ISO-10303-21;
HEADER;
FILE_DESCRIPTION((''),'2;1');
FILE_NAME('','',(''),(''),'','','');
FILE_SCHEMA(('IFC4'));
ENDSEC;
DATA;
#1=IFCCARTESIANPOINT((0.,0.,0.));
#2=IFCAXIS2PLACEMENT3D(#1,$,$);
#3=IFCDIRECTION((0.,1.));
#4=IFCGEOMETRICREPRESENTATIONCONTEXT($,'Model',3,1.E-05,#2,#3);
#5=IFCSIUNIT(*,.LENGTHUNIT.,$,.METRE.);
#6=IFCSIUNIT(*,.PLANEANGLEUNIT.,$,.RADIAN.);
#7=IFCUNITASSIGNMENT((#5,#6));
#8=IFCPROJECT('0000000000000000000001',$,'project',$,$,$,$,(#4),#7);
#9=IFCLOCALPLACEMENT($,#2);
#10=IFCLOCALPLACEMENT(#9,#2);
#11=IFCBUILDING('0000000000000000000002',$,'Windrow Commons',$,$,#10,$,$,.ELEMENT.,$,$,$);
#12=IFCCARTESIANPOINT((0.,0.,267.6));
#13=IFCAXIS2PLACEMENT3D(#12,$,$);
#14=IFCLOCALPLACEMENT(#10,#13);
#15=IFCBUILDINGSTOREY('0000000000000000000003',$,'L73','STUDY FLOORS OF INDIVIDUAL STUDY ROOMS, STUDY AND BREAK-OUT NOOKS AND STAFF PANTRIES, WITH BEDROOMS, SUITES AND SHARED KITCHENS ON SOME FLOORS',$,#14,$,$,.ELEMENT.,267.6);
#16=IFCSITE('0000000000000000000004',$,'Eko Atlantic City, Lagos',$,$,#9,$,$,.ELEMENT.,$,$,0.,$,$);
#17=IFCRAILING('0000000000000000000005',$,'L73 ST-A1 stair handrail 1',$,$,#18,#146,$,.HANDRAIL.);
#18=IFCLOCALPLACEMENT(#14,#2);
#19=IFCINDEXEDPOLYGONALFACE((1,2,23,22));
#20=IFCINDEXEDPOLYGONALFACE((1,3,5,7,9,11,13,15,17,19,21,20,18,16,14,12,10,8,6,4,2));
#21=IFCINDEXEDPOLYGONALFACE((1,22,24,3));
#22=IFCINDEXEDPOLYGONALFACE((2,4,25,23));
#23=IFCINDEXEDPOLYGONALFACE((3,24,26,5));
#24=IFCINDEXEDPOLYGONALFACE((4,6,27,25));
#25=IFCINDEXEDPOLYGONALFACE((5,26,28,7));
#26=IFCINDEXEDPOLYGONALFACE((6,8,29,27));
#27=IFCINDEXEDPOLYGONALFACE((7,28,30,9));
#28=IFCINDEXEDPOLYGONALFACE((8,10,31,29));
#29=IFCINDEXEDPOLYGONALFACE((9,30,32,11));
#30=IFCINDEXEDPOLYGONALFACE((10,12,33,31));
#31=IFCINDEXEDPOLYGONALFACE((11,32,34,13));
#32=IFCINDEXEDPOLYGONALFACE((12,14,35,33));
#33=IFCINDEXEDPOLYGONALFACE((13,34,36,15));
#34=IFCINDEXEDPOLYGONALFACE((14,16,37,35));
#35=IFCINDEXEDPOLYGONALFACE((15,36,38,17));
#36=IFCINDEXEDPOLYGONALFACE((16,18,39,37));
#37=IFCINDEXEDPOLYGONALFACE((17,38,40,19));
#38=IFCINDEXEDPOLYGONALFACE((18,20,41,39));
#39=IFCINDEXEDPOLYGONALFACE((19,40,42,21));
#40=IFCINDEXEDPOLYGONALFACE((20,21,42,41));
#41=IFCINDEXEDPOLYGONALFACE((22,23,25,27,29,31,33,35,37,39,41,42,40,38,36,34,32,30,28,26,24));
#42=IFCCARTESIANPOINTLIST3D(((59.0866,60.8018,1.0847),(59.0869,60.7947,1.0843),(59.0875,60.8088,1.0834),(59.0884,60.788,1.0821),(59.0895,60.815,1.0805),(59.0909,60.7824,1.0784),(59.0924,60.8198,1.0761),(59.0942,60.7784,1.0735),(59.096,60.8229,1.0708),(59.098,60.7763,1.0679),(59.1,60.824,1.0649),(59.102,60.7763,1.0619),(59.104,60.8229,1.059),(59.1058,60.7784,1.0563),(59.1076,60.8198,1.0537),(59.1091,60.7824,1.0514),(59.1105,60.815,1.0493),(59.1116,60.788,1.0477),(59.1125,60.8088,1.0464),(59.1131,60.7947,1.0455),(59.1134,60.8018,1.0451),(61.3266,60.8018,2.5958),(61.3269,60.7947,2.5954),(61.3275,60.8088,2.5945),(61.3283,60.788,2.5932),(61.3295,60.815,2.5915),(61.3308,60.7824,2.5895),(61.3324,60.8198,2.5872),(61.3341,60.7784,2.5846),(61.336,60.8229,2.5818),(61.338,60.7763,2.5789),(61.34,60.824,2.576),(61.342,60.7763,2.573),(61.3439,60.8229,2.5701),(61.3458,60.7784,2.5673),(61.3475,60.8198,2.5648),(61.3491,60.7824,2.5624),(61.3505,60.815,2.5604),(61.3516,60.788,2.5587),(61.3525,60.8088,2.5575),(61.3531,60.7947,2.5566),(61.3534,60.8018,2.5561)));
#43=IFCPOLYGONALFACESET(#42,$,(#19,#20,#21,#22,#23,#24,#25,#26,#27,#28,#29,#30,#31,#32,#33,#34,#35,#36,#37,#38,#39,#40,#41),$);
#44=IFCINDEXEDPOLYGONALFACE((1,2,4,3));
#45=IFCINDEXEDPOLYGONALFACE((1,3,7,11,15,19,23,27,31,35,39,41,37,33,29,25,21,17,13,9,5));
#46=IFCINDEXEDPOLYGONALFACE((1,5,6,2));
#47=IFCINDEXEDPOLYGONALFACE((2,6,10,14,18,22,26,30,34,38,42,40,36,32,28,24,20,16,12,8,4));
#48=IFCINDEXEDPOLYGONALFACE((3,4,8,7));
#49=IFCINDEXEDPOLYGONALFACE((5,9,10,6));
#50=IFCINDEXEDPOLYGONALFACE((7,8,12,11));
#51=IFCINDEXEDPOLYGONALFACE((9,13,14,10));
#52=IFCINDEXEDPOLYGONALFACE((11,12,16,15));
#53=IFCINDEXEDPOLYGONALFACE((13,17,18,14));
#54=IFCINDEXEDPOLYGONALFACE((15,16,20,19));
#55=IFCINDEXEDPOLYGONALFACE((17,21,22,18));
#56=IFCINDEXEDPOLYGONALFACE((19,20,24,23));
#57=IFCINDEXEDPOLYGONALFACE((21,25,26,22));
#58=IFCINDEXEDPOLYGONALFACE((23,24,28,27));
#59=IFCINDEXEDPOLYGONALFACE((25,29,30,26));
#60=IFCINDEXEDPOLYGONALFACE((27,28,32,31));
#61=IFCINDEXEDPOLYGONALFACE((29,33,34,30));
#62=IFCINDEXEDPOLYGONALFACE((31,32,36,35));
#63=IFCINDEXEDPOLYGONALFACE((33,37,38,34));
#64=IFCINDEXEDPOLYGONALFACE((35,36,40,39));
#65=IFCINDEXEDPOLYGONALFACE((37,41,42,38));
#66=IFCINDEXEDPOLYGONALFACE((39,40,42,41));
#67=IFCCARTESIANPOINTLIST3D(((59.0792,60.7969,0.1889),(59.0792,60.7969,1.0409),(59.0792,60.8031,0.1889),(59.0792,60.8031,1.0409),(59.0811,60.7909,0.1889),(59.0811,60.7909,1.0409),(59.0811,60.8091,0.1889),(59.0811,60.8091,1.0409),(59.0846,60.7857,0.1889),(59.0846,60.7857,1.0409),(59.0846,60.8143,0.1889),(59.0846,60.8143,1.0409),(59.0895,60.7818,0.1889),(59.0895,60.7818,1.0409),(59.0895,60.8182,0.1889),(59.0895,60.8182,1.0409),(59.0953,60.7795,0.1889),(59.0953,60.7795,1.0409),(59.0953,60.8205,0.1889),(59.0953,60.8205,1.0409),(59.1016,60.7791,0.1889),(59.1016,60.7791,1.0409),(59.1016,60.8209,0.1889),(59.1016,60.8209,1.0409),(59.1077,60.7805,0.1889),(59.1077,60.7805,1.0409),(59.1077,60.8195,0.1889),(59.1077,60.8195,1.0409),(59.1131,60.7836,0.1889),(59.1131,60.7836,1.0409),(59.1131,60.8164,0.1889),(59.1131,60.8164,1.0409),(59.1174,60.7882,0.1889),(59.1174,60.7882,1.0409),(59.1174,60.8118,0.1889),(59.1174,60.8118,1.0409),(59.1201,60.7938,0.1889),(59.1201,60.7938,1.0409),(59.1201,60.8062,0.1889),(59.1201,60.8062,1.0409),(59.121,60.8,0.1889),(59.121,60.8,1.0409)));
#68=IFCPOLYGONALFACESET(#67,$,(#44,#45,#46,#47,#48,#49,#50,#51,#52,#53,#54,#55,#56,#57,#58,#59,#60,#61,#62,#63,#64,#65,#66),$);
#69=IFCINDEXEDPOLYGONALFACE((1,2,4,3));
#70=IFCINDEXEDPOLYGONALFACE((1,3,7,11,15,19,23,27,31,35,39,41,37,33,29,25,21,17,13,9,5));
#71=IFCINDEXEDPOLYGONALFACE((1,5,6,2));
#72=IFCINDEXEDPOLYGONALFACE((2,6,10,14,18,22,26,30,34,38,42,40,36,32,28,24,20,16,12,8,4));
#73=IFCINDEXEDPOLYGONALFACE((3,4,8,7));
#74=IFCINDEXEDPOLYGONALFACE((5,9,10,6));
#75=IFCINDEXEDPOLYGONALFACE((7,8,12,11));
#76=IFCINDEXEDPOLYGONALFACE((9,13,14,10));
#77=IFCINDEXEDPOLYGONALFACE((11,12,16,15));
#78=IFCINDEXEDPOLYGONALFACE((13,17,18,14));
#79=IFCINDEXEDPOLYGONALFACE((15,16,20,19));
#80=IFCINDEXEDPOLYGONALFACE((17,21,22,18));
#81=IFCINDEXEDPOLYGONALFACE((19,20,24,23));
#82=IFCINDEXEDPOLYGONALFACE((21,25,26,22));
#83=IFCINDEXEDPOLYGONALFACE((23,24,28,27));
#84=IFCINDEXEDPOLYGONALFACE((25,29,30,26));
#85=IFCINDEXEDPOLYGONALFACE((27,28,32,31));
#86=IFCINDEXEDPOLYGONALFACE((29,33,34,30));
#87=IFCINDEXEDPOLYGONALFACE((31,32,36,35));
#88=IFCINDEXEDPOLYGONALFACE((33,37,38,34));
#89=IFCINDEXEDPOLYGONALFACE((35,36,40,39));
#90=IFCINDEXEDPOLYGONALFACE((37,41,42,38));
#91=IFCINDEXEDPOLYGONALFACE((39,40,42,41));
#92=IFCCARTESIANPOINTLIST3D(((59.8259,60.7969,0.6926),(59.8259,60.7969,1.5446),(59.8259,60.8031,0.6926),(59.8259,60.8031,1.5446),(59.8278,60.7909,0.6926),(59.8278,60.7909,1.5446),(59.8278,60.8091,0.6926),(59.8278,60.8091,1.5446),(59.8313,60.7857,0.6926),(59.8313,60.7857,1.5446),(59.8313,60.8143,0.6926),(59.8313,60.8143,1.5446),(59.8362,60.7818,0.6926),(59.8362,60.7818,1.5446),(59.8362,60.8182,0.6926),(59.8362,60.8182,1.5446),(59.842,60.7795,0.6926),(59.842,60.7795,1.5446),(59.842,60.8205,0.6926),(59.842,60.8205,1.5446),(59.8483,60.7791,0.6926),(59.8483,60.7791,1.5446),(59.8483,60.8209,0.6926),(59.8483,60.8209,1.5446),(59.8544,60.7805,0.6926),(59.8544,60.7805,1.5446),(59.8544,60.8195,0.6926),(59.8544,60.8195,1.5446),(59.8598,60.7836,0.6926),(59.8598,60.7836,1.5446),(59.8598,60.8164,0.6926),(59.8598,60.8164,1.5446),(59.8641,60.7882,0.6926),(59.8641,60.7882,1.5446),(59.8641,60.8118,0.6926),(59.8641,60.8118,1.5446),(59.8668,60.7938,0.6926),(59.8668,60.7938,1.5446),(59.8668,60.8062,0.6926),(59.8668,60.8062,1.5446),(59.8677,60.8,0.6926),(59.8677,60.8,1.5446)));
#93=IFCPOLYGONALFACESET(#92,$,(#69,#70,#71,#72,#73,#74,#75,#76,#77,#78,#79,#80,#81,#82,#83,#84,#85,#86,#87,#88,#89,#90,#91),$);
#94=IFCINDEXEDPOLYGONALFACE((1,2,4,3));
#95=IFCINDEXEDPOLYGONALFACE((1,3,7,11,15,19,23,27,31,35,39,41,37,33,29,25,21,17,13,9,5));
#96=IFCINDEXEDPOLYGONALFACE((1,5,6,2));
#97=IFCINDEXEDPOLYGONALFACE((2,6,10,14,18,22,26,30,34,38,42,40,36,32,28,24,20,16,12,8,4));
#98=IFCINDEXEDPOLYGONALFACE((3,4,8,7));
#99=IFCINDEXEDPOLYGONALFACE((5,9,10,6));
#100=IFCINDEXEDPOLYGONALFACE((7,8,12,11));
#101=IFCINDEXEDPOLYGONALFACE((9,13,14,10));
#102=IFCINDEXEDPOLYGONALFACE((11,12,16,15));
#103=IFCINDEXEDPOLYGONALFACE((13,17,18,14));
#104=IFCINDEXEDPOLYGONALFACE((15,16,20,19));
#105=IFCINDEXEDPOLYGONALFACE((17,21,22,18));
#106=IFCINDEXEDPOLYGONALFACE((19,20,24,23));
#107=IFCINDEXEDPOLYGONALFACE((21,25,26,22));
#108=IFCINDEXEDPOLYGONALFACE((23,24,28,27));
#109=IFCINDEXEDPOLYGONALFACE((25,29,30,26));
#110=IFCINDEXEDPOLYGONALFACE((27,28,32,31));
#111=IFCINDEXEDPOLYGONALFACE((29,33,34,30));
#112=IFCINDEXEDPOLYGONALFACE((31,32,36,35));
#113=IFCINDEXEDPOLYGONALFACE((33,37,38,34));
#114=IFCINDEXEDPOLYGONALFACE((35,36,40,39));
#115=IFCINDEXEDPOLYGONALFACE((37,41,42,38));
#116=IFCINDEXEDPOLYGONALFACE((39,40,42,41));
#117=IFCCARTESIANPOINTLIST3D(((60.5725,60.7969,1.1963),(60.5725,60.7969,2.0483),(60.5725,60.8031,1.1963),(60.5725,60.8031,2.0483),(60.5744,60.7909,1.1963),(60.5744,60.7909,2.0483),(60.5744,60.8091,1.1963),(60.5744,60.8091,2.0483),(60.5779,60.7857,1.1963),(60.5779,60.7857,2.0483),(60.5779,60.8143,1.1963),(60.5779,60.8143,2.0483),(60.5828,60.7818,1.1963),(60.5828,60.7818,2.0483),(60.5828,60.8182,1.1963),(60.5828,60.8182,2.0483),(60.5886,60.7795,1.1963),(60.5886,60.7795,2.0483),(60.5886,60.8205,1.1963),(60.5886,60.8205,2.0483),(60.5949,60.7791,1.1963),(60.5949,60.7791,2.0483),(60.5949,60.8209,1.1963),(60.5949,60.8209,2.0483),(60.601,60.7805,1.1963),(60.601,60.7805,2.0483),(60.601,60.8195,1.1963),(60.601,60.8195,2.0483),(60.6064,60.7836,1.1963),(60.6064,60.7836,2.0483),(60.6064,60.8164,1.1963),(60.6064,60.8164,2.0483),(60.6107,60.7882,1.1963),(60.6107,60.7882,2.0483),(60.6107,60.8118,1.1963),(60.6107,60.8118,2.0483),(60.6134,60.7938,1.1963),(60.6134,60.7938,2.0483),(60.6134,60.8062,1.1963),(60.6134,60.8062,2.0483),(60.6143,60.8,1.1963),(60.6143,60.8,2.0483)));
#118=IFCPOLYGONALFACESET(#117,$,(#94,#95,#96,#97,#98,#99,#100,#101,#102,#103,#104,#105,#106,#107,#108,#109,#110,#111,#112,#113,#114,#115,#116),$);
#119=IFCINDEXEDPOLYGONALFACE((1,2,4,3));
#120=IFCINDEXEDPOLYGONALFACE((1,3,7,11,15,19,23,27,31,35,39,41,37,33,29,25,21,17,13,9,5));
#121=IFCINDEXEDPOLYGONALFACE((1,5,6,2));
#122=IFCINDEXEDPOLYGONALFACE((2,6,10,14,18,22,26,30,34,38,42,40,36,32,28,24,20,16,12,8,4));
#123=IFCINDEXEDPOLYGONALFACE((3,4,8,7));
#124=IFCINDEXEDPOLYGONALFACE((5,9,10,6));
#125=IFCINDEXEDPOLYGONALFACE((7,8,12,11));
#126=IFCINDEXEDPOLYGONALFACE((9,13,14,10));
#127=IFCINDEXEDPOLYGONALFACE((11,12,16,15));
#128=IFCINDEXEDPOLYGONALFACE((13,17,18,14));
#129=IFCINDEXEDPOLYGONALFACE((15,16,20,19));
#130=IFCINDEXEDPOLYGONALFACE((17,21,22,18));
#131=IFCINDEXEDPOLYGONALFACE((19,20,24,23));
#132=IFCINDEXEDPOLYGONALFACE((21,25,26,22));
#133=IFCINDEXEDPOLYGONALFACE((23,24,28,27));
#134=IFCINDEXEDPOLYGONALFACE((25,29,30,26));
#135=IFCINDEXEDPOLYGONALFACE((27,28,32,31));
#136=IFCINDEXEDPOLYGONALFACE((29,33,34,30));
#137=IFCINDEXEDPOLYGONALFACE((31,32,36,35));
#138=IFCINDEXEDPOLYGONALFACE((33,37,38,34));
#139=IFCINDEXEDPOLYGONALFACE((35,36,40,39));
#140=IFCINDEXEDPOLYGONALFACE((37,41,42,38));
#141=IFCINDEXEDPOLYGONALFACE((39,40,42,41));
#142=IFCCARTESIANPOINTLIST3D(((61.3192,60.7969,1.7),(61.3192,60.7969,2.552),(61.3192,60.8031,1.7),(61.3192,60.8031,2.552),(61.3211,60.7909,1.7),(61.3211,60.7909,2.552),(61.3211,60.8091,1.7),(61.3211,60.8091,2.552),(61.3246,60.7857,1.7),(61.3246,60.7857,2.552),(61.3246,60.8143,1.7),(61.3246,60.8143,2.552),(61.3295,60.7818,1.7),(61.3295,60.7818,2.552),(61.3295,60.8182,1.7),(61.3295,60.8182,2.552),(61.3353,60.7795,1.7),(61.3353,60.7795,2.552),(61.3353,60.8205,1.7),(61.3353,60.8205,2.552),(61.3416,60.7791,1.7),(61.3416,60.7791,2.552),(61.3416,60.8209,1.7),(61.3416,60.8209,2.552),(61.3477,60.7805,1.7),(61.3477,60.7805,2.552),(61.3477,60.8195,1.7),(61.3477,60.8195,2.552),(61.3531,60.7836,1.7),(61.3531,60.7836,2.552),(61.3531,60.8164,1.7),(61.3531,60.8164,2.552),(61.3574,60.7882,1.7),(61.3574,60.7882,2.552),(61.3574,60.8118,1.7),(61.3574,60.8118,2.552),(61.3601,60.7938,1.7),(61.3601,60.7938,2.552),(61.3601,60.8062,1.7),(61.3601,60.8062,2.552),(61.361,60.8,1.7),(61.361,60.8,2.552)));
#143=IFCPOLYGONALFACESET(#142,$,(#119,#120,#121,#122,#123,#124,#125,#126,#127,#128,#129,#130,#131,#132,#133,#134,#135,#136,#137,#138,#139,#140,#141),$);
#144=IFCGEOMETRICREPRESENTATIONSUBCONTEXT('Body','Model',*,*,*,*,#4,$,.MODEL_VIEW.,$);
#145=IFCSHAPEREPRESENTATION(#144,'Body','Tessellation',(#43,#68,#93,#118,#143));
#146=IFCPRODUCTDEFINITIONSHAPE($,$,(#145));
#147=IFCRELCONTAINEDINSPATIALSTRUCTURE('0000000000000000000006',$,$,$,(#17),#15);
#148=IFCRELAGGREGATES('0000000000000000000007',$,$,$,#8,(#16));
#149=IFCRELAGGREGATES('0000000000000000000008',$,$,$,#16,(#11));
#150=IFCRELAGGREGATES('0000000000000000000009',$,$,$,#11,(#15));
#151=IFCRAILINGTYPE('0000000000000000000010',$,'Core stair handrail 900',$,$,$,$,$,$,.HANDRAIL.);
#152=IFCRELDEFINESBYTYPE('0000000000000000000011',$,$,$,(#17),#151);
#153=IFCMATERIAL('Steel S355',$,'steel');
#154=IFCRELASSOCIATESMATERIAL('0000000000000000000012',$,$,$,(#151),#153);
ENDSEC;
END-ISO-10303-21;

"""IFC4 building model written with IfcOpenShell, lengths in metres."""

from ifc_helpers import new_model, si_unit, direction, frame, origin, origin_2d, place, context, subcontext, project, spatial, circle, extrude, material, type_object, element, save


model = new_model("IFC4")

# Units and contexts
model_context = context("Model", 3, precision=1e-05, world=origin(), true_north=direction((0.0, 1.0)))
body_context = subcontext(model_context, "Body", "Model", "MODEL_VIEW")
ifc_project = project(units=[si_unit("LENGTHUNIT", "METRE"), si_unit("PLANEANGLEUNIT", "RADIAN")], contexts=[model_context])

# Site, building, storey
site_placement = place(None, origin())
site = spatial("IfcSite", under=ifc_project, at=site_placement, Name="Eko Atlantic City, Lagos", CompositionType="ELEMENT", RefElevation=0.0)
building_placement = place(site_placement, origin())
building = spatial("IfcBuilding", under=site, at=building_placement, Name="Windrow Commons", CompositionType="ELEMENT")
storey_placement = place(building_placement, frame((0.0, 0.0, 267.6)))
storey = spatial("IfcBuildingStorey", under=building, at=storey_placement, Name="L73", Description="STUDY FLOORS OF INDIVIDUAL STUDY ROOMS, STUDY AND BREAK-OUT NOOKS AND STAFF PANTRIES, WITH BEDROOMS, SUITES AND SHARED KITCHENS ON SOME FLOORS", CompositionType="ELEMENT", Elevation=267.6)

# Railing
ifc_material_1 = material(Name="Steel S355", Category="steel")
railing_type_1 = type_object("IfcRailingType", Name="Core stair handrail 900", PredefinedType="HANDRAIL", material=ifc_material_1)
railing_1_placement = place(storey_placement, frame((59.1, 60.8, 0.1889)))
element("IfcRailing", 1, at=railing_1_placement, inside=storey, type_object=railing_type_1, Name="L73 ST-A1 stair handrail 1", PredefinedType="HANDRAIL", context=body_context, shape_type="SweptSolid", body=[
    extrude(circle(Radius=0.024, at=origin_2d()), frame((0.0, 0.0, 0.876), z_axis=(0.829003, 0.0, 0.559244), x_axis=(0.0, 1.0, 0.0)), (0.0, 0.0, 1.0), 2.702),
    extrude(circle(Radius=0.021, at=origin_2d()), origin(), (0.0, 0.0, 1.0), 0.852),
    extrude(circle(Radius=0.021, at=origin_2d()), frame((0.7467, 0.0, 0.5037)), (0.0, 0.0, 1.0), 0.852),
    extrude(circle(Radius=0.021, at=origin_2d()), frame((1.4933, 0.0, 1.0074)), (0.0, 0.0, 1.0), 0.852),
    extrude(circle(Radius=0.021, at=origin_2d()), frame((2.24, 0.0, 1.5111)), (0.0, 0.0, 1.0), 0.852),
])

save(model, "model.ifc")
